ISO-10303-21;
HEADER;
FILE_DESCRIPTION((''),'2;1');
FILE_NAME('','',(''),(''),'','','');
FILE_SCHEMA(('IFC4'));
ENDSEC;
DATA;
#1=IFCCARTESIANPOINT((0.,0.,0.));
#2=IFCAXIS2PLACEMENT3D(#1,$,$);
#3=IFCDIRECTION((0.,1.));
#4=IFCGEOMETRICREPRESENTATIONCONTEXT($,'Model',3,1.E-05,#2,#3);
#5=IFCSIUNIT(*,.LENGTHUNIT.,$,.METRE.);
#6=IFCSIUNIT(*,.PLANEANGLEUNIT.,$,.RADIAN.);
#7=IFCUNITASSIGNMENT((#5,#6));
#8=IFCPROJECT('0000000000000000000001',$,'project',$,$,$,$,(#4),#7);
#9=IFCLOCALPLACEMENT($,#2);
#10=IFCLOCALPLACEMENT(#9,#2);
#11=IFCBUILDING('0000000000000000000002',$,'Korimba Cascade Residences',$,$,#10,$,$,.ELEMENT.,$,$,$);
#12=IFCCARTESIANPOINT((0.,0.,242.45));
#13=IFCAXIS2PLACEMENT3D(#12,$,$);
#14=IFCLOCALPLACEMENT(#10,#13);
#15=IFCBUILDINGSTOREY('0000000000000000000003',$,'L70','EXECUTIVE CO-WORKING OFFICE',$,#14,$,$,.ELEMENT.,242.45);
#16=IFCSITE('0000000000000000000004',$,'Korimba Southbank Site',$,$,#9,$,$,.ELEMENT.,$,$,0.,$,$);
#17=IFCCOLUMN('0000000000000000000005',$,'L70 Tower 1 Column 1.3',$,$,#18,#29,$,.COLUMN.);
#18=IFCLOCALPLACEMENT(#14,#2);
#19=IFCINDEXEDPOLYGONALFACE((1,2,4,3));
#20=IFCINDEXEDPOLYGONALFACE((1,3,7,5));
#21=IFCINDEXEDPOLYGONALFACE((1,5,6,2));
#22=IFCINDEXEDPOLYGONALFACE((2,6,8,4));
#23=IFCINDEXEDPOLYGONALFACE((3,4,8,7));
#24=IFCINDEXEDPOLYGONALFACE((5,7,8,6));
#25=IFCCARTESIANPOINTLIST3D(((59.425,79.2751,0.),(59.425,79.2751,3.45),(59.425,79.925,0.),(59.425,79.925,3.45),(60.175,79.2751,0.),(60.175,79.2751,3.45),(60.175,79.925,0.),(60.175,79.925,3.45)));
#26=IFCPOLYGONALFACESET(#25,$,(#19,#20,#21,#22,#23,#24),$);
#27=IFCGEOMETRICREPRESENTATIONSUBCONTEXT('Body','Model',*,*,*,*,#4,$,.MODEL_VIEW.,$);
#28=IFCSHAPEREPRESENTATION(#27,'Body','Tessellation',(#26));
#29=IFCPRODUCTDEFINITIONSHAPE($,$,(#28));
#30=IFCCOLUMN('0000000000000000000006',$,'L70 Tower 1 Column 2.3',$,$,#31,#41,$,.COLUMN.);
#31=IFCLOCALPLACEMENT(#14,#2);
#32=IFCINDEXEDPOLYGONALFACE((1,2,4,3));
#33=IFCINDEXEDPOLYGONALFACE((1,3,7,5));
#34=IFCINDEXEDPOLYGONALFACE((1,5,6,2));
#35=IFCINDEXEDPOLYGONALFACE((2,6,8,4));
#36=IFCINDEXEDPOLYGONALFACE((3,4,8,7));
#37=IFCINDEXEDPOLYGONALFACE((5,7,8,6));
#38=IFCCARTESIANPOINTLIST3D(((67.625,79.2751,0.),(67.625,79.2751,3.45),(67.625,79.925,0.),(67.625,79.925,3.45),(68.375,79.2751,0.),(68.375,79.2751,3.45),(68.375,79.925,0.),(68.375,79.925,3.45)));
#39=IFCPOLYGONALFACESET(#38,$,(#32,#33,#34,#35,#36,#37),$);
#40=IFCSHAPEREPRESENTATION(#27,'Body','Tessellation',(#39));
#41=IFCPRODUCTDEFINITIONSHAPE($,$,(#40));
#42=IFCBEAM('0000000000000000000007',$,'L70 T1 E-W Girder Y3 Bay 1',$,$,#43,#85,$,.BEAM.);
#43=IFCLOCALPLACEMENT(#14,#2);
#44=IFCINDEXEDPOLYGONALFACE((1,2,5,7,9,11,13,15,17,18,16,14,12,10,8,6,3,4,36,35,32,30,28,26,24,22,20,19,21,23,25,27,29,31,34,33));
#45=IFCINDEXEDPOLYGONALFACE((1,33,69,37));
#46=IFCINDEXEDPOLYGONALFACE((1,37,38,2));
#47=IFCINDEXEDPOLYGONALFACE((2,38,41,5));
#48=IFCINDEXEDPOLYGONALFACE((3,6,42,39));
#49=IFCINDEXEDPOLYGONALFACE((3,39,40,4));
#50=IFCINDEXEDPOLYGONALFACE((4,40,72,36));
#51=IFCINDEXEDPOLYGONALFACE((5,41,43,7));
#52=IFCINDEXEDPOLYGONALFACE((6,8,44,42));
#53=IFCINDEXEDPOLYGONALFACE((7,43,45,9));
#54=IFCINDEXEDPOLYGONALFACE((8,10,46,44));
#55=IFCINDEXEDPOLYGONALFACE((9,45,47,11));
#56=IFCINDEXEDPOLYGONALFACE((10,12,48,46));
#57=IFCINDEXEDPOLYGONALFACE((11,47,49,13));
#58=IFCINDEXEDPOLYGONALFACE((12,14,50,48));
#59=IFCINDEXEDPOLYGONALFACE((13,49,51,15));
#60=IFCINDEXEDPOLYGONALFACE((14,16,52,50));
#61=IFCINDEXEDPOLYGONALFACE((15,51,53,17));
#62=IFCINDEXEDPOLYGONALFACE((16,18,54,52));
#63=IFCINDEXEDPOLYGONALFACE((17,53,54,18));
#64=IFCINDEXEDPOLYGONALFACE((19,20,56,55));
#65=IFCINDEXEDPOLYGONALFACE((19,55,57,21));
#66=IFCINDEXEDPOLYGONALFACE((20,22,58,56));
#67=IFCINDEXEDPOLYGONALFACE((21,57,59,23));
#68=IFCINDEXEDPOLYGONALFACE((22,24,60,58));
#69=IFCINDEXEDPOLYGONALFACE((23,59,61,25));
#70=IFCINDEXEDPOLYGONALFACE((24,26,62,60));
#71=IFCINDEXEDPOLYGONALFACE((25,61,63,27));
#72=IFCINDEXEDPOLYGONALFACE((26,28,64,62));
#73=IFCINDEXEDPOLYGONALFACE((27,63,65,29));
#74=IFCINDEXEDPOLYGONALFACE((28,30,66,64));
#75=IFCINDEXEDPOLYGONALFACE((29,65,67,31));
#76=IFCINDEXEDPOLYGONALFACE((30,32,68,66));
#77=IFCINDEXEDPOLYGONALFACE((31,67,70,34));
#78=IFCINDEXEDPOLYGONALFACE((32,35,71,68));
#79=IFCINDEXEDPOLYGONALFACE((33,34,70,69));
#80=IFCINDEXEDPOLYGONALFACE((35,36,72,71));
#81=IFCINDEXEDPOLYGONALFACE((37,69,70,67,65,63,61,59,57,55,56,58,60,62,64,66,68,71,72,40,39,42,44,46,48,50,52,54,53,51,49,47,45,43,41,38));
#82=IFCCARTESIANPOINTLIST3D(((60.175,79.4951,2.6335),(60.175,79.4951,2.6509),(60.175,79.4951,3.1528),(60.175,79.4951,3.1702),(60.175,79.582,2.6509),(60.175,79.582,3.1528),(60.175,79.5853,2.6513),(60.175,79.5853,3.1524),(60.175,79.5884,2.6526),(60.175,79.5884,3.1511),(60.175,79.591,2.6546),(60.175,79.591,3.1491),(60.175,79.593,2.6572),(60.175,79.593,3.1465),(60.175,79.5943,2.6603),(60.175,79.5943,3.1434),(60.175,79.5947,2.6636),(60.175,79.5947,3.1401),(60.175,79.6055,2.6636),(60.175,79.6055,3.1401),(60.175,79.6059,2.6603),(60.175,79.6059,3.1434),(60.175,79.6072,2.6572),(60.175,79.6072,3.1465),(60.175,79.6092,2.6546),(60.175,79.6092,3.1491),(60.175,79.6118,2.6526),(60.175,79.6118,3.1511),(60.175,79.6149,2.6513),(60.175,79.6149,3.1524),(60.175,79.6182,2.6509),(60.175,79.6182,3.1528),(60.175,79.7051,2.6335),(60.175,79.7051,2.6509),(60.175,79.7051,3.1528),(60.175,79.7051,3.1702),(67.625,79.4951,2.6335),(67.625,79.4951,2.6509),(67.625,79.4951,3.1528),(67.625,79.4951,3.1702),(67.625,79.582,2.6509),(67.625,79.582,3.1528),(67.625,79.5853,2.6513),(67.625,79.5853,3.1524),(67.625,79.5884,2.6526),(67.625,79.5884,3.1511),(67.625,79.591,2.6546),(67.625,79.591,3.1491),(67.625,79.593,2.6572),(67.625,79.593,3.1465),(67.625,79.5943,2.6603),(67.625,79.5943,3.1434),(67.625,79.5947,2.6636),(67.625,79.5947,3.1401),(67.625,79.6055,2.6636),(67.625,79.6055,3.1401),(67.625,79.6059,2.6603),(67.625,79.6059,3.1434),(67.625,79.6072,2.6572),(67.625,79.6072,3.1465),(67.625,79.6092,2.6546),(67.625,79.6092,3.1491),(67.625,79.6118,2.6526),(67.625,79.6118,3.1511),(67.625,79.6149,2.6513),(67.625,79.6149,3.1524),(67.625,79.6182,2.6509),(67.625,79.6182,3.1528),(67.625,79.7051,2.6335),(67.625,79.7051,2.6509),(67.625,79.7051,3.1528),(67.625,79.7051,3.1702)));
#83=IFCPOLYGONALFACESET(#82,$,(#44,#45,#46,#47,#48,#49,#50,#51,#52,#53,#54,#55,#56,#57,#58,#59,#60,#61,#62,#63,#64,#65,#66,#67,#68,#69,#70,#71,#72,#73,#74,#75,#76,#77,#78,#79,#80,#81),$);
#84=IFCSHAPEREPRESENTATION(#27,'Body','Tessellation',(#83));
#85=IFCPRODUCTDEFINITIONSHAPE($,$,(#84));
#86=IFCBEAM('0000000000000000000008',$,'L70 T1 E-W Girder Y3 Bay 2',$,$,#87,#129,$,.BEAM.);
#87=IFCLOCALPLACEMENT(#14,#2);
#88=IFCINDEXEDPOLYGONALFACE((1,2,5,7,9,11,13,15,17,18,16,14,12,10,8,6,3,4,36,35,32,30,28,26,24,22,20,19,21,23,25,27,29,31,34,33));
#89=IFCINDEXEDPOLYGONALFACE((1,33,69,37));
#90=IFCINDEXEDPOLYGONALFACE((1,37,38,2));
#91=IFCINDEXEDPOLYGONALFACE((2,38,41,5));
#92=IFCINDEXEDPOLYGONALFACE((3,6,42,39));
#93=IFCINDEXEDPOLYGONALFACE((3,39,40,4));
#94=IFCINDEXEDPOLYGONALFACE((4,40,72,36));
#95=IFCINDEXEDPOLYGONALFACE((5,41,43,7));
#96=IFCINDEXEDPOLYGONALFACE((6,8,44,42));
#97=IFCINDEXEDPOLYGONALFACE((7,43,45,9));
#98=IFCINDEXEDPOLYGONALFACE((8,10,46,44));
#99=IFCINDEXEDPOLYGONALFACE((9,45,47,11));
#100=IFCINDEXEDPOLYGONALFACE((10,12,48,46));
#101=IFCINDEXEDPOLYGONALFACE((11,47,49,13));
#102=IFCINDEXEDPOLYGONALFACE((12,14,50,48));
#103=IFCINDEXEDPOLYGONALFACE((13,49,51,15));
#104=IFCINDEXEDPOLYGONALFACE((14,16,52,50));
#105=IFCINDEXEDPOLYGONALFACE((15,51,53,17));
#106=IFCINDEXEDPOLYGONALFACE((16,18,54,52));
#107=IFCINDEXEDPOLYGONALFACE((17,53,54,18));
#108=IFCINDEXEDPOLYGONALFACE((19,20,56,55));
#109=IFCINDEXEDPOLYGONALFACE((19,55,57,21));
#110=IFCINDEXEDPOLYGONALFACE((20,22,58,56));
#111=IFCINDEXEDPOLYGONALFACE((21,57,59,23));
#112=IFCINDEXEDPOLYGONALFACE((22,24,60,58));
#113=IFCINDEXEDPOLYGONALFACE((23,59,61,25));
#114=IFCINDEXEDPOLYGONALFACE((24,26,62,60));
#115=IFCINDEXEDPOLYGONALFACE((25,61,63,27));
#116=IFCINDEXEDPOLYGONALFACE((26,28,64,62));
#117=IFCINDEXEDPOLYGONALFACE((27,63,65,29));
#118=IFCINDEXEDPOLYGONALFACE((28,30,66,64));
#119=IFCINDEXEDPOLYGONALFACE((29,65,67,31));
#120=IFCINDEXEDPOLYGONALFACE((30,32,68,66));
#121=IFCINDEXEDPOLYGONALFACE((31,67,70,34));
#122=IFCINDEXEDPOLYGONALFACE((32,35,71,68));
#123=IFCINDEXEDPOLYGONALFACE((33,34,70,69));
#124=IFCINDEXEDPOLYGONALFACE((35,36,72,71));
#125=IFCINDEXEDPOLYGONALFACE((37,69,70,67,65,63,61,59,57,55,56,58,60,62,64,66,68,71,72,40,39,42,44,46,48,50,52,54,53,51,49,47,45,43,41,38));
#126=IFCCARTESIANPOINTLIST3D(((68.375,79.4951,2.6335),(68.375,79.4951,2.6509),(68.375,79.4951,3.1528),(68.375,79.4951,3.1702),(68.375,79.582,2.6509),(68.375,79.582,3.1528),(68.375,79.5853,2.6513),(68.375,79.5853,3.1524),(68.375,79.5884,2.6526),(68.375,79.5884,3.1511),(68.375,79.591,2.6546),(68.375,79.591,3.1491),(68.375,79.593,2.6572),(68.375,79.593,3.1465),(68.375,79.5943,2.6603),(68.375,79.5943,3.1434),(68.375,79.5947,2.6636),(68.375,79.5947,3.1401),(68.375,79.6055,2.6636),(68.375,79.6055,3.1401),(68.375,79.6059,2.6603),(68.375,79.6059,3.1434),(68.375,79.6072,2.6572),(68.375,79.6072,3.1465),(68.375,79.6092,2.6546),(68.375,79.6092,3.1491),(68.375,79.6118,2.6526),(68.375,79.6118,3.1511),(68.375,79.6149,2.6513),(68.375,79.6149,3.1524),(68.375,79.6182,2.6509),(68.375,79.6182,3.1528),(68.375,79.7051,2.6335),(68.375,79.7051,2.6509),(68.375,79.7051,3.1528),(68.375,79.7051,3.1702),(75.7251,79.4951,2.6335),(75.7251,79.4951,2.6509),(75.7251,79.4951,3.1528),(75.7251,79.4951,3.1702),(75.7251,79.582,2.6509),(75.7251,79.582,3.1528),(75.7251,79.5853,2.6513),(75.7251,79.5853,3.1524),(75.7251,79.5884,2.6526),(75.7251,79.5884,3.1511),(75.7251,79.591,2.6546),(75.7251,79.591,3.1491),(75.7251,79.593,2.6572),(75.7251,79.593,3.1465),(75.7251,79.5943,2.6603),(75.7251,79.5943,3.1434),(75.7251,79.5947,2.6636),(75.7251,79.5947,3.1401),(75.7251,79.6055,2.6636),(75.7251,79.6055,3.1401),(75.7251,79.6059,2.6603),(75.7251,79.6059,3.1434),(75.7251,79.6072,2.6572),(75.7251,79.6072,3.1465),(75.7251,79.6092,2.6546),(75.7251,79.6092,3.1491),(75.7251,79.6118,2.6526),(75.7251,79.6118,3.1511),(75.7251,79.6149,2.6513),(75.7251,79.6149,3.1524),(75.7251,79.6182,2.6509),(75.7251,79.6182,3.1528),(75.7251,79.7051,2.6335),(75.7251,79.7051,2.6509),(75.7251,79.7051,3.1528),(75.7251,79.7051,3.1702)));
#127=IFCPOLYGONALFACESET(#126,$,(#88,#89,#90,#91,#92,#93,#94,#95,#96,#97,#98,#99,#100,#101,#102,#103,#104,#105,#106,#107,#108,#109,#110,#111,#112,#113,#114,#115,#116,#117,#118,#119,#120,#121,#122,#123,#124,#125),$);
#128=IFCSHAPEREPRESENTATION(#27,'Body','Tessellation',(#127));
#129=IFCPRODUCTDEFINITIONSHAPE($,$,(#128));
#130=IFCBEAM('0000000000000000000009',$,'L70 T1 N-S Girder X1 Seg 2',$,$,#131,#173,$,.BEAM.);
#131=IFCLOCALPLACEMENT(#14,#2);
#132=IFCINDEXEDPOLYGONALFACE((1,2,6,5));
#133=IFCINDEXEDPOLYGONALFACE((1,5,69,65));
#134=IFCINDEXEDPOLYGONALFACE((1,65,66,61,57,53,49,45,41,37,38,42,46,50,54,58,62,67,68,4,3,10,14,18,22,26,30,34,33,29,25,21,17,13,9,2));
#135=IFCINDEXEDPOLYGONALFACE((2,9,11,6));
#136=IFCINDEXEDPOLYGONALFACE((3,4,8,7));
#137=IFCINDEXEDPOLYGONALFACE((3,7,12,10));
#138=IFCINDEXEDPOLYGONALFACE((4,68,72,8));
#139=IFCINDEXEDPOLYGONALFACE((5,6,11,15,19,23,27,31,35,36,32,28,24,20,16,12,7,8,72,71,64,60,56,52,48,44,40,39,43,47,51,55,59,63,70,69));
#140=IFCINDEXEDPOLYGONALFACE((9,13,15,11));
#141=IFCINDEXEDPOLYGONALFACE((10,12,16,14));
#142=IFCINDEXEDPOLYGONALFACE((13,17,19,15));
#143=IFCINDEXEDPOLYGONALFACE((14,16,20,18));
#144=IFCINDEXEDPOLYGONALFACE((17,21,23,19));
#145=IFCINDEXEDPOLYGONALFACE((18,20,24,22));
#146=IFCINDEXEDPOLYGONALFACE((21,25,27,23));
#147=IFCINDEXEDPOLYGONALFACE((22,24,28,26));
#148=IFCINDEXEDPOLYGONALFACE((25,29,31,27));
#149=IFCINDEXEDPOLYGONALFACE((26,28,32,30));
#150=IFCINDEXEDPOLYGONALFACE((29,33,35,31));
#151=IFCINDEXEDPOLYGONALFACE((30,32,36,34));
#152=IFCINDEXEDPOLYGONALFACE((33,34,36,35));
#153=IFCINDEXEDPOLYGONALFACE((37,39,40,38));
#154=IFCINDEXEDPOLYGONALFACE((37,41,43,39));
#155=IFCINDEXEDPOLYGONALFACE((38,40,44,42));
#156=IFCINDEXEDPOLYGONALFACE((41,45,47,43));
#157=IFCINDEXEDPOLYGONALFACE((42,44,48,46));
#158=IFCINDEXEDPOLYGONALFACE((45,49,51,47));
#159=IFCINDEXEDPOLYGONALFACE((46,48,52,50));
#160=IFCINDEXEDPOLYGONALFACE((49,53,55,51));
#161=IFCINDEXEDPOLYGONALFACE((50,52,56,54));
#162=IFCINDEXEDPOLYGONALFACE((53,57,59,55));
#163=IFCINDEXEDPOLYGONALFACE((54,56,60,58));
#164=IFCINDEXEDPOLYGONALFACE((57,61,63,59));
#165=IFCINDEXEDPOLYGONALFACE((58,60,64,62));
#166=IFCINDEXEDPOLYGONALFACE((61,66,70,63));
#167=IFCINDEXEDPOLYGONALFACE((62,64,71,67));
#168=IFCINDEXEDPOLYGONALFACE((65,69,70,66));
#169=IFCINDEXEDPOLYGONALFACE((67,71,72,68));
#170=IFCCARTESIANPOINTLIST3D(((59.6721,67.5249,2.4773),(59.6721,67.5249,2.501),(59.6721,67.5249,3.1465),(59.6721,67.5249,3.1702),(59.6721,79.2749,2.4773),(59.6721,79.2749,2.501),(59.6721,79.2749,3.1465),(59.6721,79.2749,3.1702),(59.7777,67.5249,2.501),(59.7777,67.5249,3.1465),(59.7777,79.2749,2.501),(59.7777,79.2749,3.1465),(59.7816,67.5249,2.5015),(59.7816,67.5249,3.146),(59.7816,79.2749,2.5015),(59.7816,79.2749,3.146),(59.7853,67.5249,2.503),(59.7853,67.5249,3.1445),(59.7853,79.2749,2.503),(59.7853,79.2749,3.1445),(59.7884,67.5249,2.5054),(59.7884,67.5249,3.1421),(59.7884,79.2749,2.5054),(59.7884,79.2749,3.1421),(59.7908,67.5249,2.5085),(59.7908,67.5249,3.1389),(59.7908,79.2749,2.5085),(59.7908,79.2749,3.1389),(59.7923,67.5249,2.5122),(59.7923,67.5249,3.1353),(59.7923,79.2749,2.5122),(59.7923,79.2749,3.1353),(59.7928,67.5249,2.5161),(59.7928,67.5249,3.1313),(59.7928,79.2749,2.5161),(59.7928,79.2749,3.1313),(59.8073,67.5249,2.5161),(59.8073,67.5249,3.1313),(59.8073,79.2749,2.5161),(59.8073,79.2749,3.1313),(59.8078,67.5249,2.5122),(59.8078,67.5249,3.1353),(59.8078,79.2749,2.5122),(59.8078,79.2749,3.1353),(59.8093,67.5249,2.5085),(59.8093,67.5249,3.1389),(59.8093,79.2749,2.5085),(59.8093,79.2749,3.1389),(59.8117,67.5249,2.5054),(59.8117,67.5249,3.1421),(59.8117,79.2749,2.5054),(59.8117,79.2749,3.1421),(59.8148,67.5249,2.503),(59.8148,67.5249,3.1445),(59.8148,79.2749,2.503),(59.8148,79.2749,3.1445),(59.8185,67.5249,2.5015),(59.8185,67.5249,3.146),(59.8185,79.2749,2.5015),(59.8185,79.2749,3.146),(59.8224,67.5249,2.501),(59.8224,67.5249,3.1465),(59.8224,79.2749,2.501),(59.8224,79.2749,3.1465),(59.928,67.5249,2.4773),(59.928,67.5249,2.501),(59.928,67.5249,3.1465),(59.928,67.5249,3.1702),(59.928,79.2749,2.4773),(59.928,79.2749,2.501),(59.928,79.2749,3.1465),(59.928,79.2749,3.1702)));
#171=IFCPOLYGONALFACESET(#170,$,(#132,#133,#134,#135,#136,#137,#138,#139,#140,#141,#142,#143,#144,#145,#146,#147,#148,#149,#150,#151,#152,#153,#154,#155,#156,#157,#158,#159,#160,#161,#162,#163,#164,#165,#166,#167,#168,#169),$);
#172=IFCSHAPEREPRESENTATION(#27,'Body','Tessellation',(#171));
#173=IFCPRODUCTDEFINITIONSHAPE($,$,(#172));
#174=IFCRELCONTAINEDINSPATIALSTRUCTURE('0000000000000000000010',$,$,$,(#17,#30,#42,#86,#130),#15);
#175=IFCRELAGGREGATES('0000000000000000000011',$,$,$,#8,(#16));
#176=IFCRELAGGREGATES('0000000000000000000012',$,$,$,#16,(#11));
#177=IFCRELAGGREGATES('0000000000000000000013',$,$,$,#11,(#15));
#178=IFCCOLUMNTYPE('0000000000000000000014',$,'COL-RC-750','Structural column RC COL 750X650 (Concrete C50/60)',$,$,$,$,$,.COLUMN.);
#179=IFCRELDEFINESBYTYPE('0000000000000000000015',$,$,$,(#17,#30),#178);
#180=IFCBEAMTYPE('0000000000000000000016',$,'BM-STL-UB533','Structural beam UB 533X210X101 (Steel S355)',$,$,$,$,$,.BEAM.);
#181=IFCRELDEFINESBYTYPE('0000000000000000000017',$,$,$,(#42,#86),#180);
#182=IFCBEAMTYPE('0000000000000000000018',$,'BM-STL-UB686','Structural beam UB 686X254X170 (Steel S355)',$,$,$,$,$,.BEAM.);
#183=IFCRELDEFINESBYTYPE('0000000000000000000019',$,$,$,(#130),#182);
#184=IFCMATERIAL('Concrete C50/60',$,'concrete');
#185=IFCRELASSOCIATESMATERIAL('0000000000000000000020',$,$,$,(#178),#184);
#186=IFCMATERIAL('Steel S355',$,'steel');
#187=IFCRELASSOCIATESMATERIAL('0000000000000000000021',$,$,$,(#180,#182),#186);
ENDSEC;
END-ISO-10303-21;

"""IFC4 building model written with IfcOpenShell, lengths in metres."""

from ifc_helpers import new_model, si_unit, direction, frame, origin, origin_2d, place, context, subcontext, project, spatial, rectangle, i_section, extrude, material, material_profile, profile_set, type_object, element, save


model = new_model("IFC4")

# Units and contexts
model_context = context("Model", 3, precision=1e-05, world=origin(), true_north=direction((0.0, 1.0)))
body_context = subcontext(model_context, "Body", "Model", "MODEL_VIEW")
ifc_project = project(units=[si_unit("LENGTHUNIT", "METRE"), si_unit("PLANEANGLEUNIT", "RADIAN")], contexts=[model_context])

# Site, building, storey
site_placement = place(None, origin())
site = spatial("IfcSite", under=ifc_project, at=site_placement, Name="Korimba Southbank Site", CompositionType="ELEMENT", RefElevation=0.0)
building_placement = place(site_placement, origin())
building = spatial("IfcBuilding", under=site, at=building_placement, Name="Korimba Cascade Residences", CompositionType="ELEMENT")
storey_placement = place(building_placement, frame((0.0, 0.0, 242.45)))
storey = spatial("IfcBuildingStorey", under=building, at=storey_placement, Name="L70", Description="EXECUTIVE CO-WORKING OFFICE", CompositionType="ELEMENT", Elevation=242.45)

# Columns
ifc_material_1 = material(Name="Concrete C50/60", Category="concrete")
ifc_material_profile_1 = material_profile(ifc_material_1, rectangle(XDim=0.75, YDim=0.6499, at=origin_2d()), Name="Concrete C50/60")
ifc_profile_set_1 = profile_set([ifc_material_profile_1], Name="Concrete C50/60")
column_type = type_object("IfcColumnType", Name="COL-RC-750", Description="Structural column RC COL 750X650 (Concrete C50/60)", PredefinedType="COLUMN", material=ifc_profile_set_1)
for number, where, z_axis, x_axis, name in (
    (1, (59.8, 79.6001, 0.0), (0.0, 0.0, 1.0), (1.0, 0.0, 0.0), "L70 Tower 1 Column 1.3"),
    (2, (68.0, 79.6001, 0.0), (0.0, 0.0, 1.0), (1.0, 0.0, 0.0), "L70 Tower 1 Column 2.3"),
):
    element("IfcColumn", number, at=place(storey_placement, frame(where, z_axis=z_axis, x_axis=x_axis)), inside=storey, type_object=column_type, Name=name, PredefinedType="COLUMN", context=body_context, shape_type="SweptSolid", body=[
        extrude(rectangle(XDim=0.75, YDim=0.6499, at=origin_2d()), origin(), (0.0, 0.0, 1.0), 3.45),
    ])

# Beams
ifc_material_2 = material(Name="Steel S355", Category="steel")
ifc_material_profile_2 = material_profile(ifc_material_2, i_section(OverallWidth=0.21, OverallDepth=0.5366, WebThickness=0.0107, FlangeThickness=0.0173, FilletRadius=0.0127, at=origin_2d()), Name="Steel S355")
ifc_profile_set_2 = profile_set([ifc_material_profile_2], Name="Steel S355")
beam_type_1 = type_object("IfcBeamType", Name="BM-STL-UB533", Description="Structural beam UB 533X210X101 (Steel S355)", PredefinedType="BEAM", material=ifc_profile_set_2)
beam_1_placement = place(storey_placement, frame((60.175, 79.6001, 2.9019), z_axis=(1.0, 0.0, 0.0), x_axis=(0.0, 1.0, 0.0)))
element("IfcBeam", 3, at=beam_1_placement, inside=storey, type_object=beam_type_1, Name="L70 T1 E-W Girder Y3 Bay 1", PredefinedType="BEAM", context=body_context, shape_type="SweptSolid", body=[
    extrude(i_section(OverallWidth=0.21, OverallDepth=0.5366, WebThickness=0.0107, FlangeThickness=0.0173, FilletRadius=0.0127, at=origin_2d()), origin(), (0.0, 0.0, 1.0), 7.45),
])
beam_2_placement = place(storey_placement, frame((68.375, 79.6001, 2.9019), z_axis=(1.0, 0.0, 0.0), x_axis=(0.0, 1.0, 0.0)))
element("IfcBeam", 4, at=beam_2_placement, inside=storey, type_object=beam_type_1, Name="L70 T1 E-W Girder Y3 Bay 2", PredefinedType="BEAM", context=body_context, shape_type="SweptSolid", body=[
    extrude(i_section(OverallWidth=0.21, OverallDepth=0.5366, WebThickness=0.0107, FlangeThickness=0.0173, FilletRadius=0.0127, at=origin_2d()), origin(), (0.0, 0.0, 1.0), 7.3501),
])
ifc_material_profile_3 = material_profile(ifc_material_2, i_section(OverallWidth=0.2559, OverallDepth=0.6929, WebThickness=0.0144, FlangeThickness=0.0237, FilletRadius=0.0151, at=origin_2d()), Name="Steel S355")
ifc_profile_set_3 = profile_set([ifc_material_profile_3], Name="Steel S355")
beam_type_2 = type_object("IfcBeamType", Name="BM-STL-UB686", Description="Structural beam UB 686X254X170 (Steel S355)", PredefinedType="BEAM", material=ifc_profile_set_3)
beam_3_placement = place(storey_placement, frame((59.8, 67.5249, 2.8237), z_axis=(0.0, 1.0, 0.0), x_axis=(-1.0, 0.0, 0.0)))
element("IfcBeam", 5, at=beam_3_placement, inside=storey, type_object=beam_type_2, Name="L70 T1 N-S Girder X1 Seg 2", PredefinedType="BEAM", context=body_context, shape_type="SweptSolid", body=[
    extrude(i_section(OverallWidth=0.2559, OverallDepth=0.6929, WebThickness=0.0144, FlangeThickness=0.0237, FilletRadius=0.0151, at=origin_2d()), origin(), (0.0, 0.0, 1.0), 11.75),
])

save(model, "model.ifc")
